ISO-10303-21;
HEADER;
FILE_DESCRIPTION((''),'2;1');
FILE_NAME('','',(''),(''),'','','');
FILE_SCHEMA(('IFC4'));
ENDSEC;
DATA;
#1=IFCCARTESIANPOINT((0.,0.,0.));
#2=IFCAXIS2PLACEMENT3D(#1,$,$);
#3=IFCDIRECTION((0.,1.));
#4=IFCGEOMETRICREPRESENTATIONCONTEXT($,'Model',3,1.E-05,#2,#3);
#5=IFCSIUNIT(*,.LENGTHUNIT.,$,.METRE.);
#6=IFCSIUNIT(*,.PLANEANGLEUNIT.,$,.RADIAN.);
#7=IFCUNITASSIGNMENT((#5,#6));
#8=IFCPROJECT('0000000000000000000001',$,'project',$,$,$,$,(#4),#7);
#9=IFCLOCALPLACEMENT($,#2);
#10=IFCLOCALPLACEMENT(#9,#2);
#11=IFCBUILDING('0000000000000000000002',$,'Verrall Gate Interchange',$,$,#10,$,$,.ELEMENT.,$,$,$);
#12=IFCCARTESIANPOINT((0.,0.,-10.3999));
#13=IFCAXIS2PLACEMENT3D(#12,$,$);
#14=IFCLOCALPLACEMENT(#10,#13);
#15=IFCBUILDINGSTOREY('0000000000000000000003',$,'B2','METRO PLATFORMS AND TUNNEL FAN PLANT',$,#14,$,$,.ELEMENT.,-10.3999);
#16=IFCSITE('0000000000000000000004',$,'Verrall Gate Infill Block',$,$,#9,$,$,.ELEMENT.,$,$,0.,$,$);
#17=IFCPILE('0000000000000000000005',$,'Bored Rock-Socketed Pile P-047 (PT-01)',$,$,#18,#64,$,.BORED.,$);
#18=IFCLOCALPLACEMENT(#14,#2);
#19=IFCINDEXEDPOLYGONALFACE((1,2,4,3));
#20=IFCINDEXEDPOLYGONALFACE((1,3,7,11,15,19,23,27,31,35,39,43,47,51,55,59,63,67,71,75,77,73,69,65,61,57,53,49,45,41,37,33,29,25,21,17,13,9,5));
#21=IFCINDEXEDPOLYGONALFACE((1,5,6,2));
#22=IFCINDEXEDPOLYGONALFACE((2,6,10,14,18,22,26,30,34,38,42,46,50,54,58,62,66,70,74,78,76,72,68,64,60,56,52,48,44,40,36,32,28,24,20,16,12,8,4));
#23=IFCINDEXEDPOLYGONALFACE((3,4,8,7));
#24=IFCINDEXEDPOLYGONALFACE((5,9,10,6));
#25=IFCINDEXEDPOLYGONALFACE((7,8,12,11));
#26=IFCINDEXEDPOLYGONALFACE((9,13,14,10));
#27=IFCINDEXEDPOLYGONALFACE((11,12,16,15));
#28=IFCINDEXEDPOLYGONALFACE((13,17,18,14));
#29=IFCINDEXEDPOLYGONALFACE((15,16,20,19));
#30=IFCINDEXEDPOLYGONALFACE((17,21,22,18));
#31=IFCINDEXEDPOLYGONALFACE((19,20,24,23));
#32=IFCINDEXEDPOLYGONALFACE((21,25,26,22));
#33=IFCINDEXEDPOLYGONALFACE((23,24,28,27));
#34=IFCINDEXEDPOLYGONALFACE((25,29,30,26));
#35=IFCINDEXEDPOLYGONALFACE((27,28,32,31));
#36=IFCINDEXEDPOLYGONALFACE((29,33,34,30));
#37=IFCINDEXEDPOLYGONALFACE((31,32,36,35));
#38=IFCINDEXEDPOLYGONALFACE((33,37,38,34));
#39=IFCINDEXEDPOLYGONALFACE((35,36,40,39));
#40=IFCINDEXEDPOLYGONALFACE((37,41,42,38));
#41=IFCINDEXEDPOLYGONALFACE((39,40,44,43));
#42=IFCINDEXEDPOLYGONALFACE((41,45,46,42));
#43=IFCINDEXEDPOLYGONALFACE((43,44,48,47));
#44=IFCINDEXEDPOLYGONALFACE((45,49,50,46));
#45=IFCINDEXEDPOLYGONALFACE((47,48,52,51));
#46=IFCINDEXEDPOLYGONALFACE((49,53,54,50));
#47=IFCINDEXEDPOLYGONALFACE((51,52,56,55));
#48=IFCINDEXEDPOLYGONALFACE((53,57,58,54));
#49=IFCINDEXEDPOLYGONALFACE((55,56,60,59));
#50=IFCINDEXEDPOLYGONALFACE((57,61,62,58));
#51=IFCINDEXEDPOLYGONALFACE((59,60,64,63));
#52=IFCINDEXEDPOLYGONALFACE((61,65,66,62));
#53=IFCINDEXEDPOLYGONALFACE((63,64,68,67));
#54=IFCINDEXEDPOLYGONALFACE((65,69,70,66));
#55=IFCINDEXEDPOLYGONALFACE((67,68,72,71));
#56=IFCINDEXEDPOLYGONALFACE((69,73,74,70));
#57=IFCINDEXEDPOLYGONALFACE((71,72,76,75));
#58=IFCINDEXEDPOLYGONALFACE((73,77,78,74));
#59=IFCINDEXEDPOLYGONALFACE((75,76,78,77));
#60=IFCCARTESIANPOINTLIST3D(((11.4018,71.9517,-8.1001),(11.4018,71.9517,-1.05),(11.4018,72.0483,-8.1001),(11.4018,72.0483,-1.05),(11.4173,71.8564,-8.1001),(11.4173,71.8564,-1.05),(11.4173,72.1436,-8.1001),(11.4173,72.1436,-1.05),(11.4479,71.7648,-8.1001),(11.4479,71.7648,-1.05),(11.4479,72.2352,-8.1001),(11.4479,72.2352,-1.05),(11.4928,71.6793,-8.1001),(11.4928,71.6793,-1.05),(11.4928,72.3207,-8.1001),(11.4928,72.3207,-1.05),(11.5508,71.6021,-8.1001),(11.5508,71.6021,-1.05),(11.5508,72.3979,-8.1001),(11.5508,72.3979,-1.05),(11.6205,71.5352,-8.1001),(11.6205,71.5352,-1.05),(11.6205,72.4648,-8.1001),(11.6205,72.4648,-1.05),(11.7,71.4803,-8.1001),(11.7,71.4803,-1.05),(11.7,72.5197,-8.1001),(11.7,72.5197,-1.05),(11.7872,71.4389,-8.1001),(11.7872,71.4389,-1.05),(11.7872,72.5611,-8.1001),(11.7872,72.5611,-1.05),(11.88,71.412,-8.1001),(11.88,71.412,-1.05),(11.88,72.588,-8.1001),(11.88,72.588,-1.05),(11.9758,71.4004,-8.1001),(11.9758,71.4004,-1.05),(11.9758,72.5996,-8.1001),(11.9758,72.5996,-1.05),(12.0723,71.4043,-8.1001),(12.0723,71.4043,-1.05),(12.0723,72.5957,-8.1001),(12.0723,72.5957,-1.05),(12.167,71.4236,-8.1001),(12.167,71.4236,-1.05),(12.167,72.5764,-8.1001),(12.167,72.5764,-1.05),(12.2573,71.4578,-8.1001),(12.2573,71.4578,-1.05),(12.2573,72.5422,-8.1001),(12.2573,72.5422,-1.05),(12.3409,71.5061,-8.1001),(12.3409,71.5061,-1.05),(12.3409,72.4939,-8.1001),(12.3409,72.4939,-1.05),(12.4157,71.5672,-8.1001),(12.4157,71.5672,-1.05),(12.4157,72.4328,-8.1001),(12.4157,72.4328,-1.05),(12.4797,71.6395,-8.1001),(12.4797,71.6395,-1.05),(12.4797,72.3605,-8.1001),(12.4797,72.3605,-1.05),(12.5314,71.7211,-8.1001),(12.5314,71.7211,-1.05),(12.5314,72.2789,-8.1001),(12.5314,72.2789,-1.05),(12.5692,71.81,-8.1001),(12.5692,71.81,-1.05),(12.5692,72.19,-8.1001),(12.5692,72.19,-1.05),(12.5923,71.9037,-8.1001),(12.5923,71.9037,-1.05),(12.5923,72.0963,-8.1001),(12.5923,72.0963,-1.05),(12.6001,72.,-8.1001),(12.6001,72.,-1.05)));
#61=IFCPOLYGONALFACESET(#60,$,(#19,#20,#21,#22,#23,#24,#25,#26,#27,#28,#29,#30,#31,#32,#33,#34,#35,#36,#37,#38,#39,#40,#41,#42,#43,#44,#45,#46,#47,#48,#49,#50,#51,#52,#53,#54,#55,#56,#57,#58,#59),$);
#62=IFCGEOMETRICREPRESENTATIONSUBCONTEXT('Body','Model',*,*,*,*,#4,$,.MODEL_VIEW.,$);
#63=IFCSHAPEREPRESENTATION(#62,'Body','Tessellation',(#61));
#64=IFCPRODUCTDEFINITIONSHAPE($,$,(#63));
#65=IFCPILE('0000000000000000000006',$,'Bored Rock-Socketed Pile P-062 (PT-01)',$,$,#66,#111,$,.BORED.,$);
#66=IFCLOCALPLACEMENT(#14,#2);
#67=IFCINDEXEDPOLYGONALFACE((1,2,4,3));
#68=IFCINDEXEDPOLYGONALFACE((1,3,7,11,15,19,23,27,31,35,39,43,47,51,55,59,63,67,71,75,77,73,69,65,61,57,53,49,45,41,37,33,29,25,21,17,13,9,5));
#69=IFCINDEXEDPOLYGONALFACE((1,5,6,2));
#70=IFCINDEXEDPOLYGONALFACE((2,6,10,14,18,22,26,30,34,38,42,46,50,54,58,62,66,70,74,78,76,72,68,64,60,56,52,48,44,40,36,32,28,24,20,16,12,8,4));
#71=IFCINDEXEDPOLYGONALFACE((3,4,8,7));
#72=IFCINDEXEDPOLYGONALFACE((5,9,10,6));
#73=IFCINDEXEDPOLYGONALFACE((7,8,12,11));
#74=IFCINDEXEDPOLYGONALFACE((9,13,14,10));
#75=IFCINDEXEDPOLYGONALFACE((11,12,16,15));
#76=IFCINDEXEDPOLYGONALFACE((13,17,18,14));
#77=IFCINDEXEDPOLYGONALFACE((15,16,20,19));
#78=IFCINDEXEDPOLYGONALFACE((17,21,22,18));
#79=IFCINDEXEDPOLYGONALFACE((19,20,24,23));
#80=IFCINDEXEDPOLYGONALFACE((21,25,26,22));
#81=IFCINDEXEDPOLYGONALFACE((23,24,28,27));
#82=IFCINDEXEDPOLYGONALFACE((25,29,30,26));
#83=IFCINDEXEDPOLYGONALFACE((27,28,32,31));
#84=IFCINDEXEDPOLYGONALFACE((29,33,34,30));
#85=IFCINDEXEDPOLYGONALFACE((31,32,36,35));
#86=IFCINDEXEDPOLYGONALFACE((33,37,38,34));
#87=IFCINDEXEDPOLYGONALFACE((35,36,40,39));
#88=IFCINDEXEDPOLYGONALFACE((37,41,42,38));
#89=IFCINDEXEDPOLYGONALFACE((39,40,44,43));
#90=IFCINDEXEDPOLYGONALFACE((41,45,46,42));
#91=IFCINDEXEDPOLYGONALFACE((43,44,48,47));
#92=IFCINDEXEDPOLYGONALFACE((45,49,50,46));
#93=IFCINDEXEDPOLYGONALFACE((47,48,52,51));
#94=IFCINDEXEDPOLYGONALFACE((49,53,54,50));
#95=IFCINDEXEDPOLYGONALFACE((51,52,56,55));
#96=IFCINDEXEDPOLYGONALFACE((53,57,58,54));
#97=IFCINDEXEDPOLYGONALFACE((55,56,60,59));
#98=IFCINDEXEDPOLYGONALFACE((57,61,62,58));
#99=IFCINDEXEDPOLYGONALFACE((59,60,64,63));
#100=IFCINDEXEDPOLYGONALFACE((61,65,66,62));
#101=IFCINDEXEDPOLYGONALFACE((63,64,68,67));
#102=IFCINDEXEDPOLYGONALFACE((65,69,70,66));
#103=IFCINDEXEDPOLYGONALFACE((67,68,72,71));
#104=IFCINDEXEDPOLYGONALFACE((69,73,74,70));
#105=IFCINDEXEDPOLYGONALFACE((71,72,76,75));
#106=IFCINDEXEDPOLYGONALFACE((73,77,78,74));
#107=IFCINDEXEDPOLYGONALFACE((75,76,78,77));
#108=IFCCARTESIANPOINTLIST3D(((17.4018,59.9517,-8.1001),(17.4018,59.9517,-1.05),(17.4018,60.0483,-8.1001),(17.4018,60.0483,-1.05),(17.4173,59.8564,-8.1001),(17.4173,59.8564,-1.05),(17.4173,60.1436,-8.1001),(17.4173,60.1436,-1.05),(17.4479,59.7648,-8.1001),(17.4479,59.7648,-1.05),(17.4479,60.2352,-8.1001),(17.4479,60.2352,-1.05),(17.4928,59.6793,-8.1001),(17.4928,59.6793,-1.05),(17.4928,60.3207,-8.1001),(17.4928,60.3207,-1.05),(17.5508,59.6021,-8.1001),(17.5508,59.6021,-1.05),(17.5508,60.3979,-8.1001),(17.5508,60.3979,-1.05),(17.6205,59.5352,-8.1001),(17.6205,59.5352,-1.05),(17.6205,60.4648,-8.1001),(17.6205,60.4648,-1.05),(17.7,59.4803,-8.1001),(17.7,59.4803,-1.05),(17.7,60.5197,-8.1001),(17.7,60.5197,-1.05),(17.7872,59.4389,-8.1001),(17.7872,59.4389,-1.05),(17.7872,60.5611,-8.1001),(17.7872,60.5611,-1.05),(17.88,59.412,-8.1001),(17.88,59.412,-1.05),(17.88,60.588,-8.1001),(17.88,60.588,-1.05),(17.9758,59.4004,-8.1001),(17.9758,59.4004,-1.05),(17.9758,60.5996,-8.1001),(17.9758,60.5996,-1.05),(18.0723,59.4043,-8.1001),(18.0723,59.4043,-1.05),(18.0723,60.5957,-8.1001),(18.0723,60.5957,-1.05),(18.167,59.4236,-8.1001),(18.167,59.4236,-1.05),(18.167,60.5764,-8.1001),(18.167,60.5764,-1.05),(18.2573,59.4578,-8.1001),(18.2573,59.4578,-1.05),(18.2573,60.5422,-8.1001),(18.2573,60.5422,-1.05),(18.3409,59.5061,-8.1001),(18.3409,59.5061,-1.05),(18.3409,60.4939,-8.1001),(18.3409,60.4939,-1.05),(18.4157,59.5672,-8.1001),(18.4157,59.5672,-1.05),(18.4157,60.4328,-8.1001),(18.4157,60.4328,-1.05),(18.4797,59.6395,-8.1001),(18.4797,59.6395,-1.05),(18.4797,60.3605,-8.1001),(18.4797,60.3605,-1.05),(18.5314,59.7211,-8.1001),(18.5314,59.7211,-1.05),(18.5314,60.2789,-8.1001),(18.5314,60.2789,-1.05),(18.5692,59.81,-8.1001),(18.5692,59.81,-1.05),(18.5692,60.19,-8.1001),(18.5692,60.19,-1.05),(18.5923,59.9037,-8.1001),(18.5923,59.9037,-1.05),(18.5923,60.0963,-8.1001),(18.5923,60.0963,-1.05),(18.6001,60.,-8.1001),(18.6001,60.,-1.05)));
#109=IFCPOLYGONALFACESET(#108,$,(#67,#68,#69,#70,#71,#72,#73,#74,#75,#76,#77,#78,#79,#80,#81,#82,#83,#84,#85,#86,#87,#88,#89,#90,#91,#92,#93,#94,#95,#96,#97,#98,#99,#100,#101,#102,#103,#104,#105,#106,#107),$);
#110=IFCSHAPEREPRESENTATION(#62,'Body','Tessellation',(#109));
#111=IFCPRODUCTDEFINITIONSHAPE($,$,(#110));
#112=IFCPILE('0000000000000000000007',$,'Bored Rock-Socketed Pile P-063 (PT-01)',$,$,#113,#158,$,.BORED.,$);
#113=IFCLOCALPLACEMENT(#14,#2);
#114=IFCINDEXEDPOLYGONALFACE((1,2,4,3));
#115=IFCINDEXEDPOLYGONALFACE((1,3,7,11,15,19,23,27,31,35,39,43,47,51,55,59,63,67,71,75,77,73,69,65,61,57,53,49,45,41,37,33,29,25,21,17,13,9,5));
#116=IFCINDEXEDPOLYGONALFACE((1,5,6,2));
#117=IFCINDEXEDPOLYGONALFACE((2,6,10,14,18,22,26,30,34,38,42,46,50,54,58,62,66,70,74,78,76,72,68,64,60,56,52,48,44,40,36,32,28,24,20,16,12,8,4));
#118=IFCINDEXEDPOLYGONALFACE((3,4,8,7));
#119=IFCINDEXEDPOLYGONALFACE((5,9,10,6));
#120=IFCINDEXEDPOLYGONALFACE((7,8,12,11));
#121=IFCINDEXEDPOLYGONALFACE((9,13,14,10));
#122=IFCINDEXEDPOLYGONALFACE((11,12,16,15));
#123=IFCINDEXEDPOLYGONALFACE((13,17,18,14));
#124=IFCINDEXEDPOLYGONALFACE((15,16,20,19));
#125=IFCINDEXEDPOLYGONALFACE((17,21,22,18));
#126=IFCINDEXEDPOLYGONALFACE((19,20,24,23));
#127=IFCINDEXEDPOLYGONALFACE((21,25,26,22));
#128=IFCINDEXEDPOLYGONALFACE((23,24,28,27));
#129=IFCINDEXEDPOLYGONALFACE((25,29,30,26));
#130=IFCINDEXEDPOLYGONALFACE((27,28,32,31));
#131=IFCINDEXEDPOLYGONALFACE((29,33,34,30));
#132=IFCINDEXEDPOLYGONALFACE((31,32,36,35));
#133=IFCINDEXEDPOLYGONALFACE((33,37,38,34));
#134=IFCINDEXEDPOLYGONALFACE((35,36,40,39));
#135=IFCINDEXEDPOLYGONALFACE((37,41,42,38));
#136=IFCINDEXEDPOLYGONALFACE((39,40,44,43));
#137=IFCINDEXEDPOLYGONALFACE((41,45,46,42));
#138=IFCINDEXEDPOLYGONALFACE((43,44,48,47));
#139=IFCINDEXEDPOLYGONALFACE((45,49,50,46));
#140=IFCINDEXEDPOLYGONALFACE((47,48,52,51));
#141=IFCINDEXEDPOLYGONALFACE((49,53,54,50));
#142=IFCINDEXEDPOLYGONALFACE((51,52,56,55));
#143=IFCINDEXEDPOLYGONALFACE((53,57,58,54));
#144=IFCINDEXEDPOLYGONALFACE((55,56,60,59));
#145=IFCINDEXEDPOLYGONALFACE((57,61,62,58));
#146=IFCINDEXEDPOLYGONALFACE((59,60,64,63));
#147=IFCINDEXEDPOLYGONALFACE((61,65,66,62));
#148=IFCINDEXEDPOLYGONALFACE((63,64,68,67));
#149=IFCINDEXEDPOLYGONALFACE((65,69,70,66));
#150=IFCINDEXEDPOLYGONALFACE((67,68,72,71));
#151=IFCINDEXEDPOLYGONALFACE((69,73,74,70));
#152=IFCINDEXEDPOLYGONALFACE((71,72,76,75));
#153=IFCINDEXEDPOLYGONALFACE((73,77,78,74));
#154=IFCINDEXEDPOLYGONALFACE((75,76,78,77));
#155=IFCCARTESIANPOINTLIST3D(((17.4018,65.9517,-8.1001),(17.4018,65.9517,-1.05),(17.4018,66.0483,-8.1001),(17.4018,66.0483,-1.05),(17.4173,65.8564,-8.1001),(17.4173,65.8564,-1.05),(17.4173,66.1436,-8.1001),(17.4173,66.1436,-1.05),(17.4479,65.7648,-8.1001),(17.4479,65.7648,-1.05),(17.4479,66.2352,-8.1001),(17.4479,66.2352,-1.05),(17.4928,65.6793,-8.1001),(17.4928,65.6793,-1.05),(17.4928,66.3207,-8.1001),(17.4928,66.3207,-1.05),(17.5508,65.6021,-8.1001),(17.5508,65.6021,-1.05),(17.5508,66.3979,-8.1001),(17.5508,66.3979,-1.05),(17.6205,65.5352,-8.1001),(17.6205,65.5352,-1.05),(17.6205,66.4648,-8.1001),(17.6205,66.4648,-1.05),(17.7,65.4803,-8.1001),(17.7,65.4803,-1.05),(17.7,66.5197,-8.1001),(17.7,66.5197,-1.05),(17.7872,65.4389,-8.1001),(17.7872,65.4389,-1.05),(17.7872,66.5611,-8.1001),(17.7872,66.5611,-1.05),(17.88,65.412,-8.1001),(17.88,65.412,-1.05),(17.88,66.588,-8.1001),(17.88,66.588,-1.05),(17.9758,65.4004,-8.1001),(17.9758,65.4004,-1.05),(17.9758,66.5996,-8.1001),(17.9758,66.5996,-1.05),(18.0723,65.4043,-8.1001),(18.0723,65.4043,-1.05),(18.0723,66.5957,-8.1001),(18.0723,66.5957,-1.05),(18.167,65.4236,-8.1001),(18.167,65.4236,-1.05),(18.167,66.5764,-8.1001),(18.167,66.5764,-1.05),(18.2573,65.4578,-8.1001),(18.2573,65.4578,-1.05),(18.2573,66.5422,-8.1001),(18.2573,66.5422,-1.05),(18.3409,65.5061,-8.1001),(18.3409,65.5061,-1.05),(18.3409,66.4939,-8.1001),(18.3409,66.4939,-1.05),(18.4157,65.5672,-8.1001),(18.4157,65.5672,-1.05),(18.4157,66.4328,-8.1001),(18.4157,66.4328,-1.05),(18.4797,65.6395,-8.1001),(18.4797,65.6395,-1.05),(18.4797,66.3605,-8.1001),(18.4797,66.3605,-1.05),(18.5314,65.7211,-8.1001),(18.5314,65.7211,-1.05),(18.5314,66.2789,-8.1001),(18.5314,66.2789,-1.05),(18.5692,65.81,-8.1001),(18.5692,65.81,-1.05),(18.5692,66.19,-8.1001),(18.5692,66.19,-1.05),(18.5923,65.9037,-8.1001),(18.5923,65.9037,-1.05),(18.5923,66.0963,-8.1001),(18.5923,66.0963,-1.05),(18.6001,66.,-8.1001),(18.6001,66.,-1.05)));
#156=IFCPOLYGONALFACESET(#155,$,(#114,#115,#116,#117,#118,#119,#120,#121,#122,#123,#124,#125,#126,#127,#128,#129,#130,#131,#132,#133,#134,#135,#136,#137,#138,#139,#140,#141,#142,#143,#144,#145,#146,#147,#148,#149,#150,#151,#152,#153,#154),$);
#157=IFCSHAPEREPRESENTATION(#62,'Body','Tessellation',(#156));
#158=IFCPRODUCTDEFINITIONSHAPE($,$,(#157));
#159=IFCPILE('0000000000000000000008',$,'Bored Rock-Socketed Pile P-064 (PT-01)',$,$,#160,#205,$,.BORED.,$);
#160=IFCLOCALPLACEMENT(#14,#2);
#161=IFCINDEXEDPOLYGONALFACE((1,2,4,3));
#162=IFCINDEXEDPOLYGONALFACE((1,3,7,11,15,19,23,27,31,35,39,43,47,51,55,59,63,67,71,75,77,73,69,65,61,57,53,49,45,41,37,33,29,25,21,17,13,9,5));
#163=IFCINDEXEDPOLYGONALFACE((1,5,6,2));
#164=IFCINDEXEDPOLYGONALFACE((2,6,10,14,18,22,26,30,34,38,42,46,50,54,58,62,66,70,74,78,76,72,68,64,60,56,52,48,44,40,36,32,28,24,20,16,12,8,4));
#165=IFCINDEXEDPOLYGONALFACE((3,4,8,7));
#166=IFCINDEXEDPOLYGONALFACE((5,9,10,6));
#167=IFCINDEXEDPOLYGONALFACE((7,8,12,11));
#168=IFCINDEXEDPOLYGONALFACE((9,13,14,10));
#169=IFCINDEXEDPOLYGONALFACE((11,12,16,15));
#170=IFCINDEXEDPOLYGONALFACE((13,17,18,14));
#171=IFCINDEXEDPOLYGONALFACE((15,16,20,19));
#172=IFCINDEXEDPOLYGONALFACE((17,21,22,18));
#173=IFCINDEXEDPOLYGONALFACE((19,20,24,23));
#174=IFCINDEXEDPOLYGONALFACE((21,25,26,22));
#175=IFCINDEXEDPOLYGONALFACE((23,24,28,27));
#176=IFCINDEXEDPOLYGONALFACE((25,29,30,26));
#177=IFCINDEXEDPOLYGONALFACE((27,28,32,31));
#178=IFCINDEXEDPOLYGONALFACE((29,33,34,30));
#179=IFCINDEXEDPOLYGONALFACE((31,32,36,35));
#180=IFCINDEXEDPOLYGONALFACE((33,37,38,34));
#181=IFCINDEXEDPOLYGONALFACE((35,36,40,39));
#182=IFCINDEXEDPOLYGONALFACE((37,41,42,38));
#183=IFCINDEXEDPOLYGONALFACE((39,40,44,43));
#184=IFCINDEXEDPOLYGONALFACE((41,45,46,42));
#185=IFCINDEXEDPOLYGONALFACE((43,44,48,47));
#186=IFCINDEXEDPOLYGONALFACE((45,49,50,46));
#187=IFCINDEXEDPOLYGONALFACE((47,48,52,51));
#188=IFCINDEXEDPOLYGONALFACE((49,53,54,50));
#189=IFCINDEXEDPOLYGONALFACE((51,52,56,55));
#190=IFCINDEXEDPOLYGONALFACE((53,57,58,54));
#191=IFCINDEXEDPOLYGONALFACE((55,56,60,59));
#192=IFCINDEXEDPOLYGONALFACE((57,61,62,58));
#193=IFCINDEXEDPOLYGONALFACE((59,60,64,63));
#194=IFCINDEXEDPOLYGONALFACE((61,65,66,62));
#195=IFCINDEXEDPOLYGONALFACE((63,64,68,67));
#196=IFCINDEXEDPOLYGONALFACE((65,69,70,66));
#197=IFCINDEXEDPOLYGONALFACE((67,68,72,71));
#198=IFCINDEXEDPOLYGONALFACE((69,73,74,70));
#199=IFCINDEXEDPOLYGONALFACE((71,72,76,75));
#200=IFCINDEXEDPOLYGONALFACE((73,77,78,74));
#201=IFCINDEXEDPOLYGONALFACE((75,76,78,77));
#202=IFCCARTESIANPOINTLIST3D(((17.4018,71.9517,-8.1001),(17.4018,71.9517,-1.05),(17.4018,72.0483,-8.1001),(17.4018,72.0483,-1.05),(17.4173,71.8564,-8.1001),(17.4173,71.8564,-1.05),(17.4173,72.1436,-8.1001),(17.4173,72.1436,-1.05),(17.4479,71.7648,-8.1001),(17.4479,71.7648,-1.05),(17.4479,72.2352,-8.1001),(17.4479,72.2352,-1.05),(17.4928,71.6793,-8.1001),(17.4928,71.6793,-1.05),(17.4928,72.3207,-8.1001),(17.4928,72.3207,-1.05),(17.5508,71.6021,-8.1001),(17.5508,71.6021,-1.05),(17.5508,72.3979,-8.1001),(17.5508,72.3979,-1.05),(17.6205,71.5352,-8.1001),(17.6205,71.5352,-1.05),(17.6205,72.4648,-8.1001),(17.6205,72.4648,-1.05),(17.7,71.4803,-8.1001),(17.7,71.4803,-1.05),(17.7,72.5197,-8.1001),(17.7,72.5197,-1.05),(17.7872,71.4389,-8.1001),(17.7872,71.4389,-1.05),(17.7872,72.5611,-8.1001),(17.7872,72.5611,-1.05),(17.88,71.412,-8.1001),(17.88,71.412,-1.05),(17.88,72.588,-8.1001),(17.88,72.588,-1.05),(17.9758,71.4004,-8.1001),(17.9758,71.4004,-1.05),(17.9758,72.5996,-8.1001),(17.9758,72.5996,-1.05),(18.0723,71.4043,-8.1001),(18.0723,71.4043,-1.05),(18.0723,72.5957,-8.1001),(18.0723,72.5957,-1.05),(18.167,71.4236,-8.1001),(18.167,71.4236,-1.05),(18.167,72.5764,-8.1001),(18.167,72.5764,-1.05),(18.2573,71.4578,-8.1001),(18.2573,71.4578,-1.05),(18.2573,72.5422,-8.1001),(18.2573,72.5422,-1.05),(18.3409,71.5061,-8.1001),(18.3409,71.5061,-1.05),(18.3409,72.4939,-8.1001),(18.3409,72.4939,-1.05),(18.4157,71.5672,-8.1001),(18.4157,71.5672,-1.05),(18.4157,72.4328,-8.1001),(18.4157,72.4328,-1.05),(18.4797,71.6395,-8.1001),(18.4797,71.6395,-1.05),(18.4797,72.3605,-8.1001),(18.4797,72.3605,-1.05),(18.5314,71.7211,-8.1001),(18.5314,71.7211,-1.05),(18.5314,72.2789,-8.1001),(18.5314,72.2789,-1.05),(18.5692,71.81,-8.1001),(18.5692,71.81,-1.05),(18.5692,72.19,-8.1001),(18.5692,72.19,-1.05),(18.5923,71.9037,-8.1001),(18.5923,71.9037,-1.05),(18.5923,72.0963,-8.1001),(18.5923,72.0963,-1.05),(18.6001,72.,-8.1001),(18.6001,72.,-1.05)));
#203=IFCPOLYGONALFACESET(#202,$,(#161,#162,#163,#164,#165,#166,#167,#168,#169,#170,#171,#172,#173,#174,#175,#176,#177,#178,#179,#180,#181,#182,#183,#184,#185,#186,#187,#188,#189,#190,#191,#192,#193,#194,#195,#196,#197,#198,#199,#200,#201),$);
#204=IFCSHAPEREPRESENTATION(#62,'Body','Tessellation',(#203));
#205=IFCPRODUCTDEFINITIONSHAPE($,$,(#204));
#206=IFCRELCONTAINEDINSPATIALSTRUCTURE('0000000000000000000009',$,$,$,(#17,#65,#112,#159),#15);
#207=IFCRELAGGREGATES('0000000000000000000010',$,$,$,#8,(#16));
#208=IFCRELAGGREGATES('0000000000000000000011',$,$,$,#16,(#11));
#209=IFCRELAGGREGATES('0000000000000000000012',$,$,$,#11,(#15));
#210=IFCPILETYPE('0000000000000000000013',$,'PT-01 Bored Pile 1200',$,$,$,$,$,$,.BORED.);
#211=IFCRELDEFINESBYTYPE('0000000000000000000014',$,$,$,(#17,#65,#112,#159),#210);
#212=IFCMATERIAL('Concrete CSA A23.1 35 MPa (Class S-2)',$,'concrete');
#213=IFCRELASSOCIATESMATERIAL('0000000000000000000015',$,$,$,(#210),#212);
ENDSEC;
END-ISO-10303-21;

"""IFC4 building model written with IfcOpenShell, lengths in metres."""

from ifc_helpers import new_model, si_unit, direction, frame, origin, origin_2d, place, context, subcontext, project, spatial, circle, extrude, material, material_profile, profile_set, type_object, element, save


model = new_model("IFC4")

# Units and contexts
model_context = context("Model", 3, precision=1e-05, world=origin(), true_north=direction((0.0, 1.0)))
body_context = subcontext(model_context, "Body", "Model", "MODEL_VIEW")
ifc_project = project(units=[si_unit("LENGTHUNIT", "METRE"), si_unit("PLANEANGLEUNIT", "RADIAN")], contexts=[model_context])

# Site, building, storey
site_placement = place(None, origin())
site = spatial("IfcSite", under=ifc_project, at=site_placement, Name="Verrall Gate Infill Block", CompositionType="ELEMENT", RefElevation=0.0)
building_placement = place(site_placement, origin())
building = spatial("IfcBuilding", under=site, at=building_placement, Name="Verrall Gate Interchange", CompositionType="ELEMENT")
storey_placement = place(building_placement, frame((0.0, 0.0, -10.3999)))
storey = spatial("IfcBuildingStorey", under=building, at=storey_placement, Name="B2", Description="METRO PLATFORMS AND TUNNEL FAN PLANT", CompositionType="ELEMENT", Elevation=-10.3999)

# Piles
ifc_material_1 = material(Name="Concrete CSA A23.1 35 MPa (Class S-2)", Category="concrete")
ifc_material_profile_1 = material_profile(ifc_material_1, circle(Radius=0.6001, at=origin_2d()), Name="PILE1200D")
ifc_profile_set_1 = profile_set([ifc_material_profile_1], Name="Concrete CSA A23.1 35 MPa (Class S-2)")
pile_type = type_object("IfcPileType", Name="PT-01 Bored Pile 1200", PredefinedType="BORED", material=ifc_profile_set_1)
for number, where, z_axis, x_axis, name in (
    (1, (12.0, 72.0, -1.05), (0.0, 0.0, -1.0), (1.0, 0.0, 0.0), "Bored Rock-Socketed Pile P-047 (PT-01)"),
    (2, (18.0, 60.0, -1.05), (0.0, 0.0, -1.0), (1.0, 0.0, 0.0), "Bored Rock-Socketed Pile P-062 (PT-01)"),
    (3, (18.0, 66.0, -1.05), (0.0, 0.0, -1.0), (1.0, 0.0, 0.0), "Bored Rock-Socketed Pile P-063 (PT-01)"),
    (4, (18.0, 72.0, -1.05), (0.0, 0.0, -1.0), (1.0, 0.0, 0.0), "Bored Rock-Socketed Pile P-064 (PT-01)"),
):
    element("IfcPile", number, at=place(storey_placement, frame(where, z_axis=z_axis, x_axis=x_axis)), inside=storey, type_object=pile_type, Name=name, PredefinedType="BORED", context=body_context, shape_type="SweptSolid", body=[
        extrude(circle(Radius=0.6001, at=origin_2d()), origin(), (0.0, 0.0, 1.0), 7.05),
    ])

save(model, "model.ifc")
